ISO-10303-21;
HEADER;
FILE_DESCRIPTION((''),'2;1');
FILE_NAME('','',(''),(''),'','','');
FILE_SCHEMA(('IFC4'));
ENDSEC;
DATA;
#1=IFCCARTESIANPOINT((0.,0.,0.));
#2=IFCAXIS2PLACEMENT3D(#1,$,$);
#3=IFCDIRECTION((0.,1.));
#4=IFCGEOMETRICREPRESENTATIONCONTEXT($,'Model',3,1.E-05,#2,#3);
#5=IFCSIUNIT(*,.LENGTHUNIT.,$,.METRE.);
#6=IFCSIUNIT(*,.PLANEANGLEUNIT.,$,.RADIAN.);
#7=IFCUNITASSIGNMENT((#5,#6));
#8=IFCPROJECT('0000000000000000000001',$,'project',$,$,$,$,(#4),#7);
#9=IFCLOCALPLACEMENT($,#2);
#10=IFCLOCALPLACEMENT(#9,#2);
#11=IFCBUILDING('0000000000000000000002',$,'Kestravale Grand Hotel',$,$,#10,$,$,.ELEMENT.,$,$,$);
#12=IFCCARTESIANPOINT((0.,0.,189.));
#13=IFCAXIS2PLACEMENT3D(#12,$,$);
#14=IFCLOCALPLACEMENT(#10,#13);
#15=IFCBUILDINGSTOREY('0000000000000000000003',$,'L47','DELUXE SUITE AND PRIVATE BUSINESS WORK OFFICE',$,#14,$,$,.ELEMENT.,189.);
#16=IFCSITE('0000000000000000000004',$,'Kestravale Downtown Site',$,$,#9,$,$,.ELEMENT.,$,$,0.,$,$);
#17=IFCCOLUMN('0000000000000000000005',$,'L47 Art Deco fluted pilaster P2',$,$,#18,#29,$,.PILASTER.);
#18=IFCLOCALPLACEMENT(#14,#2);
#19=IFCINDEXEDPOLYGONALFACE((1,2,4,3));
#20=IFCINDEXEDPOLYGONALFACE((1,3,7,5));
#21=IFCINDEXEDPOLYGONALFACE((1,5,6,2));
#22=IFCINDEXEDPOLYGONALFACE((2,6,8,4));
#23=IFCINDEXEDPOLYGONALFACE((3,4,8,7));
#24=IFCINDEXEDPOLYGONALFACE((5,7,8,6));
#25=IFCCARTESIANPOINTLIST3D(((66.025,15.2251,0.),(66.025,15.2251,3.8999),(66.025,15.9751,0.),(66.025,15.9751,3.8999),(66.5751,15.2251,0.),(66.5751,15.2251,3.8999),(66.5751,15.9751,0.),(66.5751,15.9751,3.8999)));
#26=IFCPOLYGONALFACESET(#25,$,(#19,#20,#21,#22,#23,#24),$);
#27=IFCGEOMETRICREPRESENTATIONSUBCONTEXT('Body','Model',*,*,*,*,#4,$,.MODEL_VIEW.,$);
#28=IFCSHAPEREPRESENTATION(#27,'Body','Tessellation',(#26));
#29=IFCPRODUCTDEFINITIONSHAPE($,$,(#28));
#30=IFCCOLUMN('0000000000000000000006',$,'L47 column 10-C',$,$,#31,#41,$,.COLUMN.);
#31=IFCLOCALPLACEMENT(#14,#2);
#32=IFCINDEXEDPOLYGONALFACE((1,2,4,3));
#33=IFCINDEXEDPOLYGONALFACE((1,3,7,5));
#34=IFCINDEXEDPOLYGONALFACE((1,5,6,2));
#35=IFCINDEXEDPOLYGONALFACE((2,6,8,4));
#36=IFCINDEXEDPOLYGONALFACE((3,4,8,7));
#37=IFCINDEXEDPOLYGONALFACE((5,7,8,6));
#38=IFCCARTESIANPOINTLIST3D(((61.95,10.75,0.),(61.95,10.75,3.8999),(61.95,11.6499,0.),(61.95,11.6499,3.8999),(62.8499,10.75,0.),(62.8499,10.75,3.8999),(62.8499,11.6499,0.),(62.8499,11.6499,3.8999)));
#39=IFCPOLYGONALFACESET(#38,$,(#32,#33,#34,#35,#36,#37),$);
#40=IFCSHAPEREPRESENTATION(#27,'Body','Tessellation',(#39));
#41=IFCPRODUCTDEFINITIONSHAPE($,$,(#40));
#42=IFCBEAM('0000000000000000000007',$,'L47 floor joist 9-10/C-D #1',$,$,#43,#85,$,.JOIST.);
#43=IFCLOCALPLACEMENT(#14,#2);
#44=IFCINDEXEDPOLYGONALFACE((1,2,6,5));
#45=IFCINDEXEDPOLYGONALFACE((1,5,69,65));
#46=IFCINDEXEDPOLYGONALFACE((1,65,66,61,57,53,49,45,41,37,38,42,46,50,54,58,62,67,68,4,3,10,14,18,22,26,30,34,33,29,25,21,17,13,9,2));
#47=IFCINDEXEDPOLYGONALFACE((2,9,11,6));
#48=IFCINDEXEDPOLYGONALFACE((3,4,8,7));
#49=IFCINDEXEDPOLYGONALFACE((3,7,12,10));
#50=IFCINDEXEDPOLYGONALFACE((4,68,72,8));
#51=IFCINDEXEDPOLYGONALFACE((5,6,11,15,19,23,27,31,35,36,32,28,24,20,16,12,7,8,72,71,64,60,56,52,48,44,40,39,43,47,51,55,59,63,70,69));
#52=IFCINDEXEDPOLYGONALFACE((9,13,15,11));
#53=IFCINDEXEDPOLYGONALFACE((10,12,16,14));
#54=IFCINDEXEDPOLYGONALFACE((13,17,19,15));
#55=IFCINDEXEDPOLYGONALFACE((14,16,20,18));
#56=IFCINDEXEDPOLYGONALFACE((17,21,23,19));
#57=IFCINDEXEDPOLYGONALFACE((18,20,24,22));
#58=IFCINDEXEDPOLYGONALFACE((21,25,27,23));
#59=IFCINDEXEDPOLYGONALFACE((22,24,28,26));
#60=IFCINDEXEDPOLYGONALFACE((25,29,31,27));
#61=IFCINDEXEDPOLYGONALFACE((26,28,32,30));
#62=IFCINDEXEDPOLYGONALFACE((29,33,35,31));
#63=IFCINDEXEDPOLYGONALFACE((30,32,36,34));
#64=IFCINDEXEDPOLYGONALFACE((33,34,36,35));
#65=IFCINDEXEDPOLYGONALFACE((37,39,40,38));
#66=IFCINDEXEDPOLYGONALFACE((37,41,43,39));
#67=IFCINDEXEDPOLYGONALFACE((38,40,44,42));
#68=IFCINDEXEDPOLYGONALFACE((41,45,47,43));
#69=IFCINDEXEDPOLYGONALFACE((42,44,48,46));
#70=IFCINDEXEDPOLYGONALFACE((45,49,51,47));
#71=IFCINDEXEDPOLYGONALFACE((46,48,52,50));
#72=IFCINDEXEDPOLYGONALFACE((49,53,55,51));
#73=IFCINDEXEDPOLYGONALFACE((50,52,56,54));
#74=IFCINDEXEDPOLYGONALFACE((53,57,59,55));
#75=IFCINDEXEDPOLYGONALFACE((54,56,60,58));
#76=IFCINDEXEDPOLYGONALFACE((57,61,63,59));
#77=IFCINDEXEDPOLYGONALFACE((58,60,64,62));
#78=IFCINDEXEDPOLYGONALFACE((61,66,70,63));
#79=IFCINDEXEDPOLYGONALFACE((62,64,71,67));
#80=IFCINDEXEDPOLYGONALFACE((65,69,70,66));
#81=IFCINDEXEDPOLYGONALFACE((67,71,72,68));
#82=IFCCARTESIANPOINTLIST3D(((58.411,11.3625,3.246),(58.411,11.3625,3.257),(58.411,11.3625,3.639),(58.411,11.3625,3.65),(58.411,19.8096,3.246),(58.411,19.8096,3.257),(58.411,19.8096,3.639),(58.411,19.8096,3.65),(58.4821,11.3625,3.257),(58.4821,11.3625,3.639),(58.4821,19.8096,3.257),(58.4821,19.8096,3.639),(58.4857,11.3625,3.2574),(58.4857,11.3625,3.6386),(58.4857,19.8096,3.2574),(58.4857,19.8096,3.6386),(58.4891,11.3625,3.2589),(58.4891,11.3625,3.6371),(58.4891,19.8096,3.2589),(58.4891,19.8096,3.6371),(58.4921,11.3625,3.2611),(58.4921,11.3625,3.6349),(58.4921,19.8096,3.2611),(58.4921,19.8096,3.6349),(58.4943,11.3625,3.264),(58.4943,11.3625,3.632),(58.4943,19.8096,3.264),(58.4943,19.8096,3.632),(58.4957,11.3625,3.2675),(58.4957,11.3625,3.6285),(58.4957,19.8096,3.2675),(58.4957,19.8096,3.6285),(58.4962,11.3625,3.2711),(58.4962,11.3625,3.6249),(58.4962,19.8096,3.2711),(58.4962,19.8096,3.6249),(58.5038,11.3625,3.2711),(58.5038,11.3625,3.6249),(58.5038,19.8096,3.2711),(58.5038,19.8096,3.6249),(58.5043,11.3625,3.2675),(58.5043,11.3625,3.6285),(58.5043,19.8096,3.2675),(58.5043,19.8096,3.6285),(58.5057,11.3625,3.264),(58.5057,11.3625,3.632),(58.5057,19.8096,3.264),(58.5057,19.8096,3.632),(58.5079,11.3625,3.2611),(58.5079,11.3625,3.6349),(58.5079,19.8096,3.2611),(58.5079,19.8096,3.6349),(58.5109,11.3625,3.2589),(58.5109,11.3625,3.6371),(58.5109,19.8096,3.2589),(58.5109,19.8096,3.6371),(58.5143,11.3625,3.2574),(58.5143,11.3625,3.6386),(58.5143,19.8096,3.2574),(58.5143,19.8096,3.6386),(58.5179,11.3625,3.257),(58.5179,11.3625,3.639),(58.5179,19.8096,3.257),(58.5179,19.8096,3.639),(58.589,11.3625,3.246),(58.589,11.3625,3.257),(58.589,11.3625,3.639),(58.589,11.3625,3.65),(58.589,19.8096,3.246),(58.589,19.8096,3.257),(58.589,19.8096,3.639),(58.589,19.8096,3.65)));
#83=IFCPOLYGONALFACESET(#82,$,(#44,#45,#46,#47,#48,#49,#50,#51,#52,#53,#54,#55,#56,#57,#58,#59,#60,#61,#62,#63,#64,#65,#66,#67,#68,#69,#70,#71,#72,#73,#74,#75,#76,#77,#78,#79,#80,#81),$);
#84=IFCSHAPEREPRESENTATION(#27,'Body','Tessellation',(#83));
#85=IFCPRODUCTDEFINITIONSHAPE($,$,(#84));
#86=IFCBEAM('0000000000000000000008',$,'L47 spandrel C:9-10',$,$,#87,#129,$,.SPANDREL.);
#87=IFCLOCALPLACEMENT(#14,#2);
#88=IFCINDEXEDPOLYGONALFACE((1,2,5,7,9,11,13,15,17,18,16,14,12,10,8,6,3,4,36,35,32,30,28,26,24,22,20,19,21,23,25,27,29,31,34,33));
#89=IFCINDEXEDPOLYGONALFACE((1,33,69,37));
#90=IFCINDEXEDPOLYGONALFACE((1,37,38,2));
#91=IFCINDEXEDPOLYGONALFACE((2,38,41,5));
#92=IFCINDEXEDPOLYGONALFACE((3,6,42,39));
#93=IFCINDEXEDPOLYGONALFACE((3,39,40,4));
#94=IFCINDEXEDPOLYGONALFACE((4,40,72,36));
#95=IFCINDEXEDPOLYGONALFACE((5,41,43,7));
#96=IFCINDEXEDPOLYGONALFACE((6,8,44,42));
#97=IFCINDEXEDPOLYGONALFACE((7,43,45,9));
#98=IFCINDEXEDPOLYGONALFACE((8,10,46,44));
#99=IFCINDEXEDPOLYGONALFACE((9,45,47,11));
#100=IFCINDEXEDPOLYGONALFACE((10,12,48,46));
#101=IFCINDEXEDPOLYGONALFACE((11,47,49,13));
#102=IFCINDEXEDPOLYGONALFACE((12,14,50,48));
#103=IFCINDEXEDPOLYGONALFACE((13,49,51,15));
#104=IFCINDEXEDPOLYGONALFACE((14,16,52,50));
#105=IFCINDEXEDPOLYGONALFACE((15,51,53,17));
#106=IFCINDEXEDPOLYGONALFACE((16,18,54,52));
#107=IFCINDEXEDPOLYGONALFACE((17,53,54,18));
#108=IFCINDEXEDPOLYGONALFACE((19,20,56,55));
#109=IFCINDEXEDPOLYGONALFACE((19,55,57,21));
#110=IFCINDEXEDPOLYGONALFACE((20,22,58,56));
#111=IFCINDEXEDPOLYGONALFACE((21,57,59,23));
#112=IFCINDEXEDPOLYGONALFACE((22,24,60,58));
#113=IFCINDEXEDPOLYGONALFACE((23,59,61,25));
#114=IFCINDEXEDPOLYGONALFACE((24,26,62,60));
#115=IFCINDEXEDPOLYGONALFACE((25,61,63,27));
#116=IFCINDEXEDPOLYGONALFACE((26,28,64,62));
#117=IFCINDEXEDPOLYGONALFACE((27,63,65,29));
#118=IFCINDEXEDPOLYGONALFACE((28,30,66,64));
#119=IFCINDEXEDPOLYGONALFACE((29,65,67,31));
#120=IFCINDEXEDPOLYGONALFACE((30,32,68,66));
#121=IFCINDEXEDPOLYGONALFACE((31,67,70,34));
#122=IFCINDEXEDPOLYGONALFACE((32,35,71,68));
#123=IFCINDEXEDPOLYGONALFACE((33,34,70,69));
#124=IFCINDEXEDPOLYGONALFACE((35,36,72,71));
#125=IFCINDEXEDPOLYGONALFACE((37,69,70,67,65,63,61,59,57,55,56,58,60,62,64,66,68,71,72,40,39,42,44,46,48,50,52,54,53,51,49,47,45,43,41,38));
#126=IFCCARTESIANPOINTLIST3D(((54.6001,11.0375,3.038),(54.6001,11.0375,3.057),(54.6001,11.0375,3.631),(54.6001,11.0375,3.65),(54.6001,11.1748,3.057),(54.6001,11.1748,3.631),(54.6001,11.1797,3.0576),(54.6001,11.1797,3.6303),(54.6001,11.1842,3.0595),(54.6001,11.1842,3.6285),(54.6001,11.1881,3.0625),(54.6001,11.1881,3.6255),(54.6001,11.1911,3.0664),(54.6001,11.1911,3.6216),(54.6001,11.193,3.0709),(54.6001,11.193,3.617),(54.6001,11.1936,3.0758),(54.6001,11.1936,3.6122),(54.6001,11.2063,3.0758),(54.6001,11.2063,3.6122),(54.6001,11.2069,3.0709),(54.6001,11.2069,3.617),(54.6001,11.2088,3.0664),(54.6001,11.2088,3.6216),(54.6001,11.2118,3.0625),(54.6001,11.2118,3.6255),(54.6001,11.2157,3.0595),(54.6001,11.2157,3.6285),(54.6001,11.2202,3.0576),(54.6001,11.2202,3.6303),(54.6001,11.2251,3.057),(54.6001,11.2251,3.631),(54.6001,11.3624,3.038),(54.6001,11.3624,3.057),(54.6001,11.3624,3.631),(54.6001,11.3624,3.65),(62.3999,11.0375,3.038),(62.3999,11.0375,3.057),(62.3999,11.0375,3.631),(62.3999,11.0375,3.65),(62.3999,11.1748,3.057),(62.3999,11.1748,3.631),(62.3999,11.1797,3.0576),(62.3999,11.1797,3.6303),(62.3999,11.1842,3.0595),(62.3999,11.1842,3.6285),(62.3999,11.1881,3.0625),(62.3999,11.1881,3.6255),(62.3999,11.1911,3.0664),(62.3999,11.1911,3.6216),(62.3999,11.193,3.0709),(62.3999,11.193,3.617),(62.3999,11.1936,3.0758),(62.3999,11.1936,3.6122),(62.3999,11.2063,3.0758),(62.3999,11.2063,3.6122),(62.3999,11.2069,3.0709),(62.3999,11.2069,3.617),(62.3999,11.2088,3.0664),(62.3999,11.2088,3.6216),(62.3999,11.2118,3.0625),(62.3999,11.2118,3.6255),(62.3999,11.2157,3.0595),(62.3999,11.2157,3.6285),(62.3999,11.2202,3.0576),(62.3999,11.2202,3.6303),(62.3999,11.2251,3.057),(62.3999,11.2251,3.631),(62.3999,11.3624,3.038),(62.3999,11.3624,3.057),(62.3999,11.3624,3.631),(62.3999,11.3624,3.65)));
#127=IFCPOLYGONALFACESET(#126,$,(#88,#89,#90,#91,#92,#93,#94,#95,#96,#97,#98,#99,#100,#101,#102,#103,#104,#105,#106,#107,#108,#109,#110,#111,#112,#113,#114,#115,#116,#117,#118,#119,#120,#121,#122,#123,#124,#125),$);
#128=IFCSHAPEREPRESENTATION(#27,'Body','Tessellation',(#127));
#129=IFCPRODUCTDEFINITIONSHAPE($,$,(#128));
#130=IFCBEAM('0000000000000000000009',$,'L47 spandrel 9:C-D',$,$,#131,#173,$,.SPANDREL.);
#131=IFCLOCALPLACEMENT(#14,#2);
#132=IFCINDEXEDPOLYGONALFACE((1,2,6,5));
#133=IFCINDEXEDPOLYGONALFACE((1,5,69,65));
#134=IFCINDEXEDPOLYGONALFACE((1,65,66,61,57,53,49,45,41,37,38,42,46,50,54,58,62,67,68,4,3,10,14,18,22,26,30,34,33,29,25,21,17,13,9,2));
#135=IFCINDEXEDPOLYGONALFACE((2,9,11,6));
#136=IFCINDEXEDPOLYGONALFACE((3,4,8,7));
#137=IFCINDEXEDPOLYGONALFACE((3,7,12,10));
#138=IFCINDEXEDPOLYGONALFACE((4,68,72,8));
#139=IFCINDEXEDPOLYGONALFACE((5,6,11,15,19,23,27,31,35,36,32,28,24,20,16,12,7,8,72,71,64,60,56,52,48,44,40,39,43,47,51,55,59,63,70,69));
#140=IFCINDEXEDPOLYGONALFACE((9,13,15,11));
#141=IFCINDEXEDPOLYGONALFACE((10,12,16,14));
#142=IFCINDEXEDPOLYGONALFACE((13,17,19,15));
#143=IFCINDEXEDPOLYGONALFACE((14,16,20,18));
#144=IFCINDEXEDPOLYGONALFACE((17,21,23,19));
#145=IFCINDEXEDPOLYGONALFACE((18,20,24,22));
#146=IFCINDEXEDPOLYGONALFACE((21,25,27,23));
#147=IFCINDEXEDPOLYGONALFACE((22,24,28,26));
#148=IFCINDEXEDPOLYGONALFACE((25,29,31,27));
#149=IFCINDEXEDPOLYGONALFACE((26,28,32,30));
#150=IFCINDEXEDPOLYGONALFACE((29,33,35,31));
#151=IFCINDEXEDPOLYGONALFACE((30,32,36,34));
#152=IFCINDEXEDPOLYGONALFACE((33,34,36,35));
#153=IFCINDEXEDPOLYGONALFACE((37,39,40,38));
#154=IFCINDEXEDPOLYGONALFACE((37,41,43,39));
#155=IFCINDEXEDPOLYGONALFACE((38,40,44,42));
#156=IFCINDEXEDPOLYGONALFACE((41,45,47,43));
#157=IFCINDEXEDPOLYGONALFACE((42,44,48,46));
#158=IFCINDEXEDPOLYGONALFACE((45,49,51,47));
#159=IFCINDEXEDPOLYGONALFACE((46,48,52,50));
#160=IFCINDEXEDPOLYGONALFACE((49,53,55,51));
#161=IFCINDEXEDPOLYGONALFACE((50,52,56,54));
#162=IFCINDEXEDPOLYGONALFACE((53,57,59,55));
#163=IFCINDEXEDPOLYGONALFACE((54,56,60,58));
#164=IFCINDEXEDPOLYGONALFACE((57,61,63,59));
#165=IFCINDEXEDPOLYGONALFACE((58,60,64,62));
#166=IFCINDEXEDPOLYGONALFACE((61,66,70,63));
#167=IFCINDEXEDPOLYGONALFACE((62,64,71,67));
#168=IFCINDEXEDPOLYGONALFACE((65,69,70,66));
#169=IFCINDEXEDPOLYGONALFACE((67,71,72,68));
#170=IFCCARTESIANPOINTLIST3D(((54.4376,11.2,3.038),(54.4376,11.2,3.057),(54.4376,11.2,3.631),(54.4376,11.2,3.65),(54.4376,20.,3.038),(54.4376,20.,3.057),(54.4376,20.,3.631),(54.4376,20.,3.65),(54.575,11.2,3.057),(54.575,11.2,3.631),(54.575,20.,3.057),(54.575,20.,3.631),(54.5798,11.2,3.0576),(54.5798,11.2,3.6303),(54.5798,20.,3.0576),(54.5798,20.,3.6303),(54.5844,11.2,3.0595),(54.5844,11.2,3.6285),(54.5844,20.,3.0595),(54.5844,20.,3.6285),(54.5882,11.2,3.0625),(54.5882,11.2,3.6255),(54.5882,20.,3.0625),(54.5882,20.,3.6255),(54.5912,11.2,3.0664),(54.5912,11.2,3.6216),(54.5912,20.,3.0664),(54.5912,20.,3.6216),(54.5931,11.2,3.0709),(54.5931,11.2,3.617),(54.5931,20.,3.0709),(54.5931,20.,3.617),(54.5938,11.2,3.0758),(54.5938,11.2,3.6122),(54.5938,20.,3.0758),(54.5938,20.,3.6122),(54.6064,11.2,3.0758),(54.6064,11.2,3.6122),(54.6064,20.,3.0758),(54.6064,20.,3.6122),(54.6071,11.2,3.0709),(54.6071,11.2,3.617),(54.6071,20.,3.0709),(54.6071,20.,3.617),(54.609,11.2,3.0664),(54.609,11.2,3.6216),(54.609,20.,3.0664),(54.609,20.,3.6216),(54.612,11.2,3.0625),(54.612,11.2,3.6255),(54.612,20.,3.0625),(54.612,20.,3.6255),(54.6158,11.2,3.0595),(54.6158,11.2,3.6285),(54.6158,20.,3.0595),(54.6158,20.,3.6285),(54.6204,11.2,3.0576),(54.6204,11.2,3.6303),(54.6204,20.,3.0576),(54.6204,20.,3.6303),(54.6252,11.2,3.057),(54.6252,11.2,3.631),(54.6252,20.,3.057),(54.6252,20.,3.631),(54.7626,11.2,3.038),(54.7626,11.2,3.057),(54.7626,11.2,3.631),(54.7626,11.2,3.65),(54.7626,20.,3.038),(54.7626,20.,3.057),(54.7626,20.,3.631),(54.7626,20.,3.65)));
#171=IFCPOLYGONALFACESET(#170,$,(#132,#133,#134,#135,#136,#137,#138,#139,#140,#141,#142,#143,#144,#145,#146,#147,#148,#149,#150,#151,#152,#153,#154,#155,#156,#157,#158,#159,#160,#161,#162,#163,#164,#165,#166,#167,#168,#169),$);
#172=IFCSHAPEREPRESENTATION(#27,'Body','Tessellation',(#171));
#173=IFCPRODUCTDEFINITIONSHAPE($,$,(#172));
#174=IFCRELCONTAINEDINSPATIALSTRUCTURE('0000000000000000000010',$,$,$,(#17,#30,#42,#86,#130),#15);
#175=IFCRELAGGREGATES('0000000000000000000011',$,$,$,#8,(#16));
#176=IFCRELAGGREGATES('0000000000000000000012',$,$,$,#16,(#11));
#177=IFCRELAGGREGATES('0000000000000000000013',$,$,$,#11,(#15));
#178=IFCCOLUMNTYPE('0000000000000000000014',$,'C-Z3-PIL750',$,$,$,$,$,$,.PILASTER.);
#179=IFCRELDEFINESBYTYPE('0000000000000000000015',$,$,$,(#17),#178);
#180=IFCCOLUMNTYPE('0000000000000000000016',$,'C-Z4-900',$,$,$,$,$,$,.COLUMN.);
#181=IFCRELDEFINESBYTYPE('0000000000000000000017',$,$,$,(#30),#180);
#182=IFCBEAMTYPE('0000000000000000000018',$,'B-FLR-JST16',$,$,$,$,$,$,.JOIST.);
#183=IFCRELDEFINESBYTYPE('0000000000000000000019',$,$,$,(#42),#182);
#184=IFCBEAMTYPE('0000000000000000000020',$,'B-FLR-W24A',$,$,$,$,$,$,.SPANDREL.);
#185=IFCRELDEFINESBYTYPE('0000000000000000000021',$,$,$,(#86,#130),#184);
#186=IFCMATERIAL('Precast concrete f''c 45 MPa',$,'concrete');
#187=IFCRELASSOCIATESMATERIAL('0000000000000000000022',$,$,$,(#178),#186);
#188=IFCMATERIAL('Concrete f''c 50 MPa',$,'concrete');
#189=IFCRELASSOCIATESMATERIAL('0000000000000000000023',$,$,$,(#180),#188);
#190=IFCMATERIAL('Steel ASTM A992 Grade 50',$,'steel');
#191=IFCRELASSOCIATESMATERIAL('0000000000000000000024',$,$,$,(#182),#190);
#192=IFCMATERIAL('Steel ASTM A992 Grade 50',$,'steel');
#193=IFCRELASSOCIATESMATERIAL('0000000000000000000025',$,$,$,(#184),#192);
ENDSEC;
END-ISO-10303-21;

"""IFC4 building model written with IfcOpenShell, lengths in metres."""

from ifc_helpers import new_model, si_unit, direction, frame, origin, origin_2d, place, context, subcontext, project, spatial, rectangle, i_section, extrude, material, material_profile, profile_set, type_object, element, save


model = new_model("IFC4")

# Units and contexts
model_context = context("Model", 3, precision=1e-05, world=origin(), true_north=direction((0.0, 1.0)))
body_context = subcontext(model_context, "Body", "Model", "MODEL_VIEW")
ifc_project = project(units=[si_unit("LENGTHUNIT", "METRE"), si_unit("PLANEANGLEUNIT", "RADIAN")], contexts=[model_context])

# Site, building, storey
site_placement = place(None, origin())
site = spatial("IfcSite", under=ifc_project, at=site_placement, Name="Kestravale Downtown Site", CompositionType="ELEMENT", RefElevation=0.0)
building_placement = place(site_placement, origin())
building = spatial("IfcBuilding", under=site, at=building_placement, Name="Kestravale Grand Hotel", CompositionType="ELEMENT")
storey_placement = place(building_placement, frame((0.0, 0.0, 189.0)))
storey = spatial("IfcBuildingStorey", under=building, at=storey_placement, Name="L47", Description="DELUXE SUITE AND PRIVATE BUSINESS WORK OFFICE", CompositionType="ELEMENT", Elevation=189.0)

# Columns
ifc_material_1 = material(Name="Precast concrete f'c 45 MPa", Category="concrete")
ifc_material_profile_1 = material_profile(ifc_material_1, rectangle(XDim=0.55, YDim=0.75, at=origin_2d()))
ifc_profile_set_1 = profile_set([ifc_material_profile_1], Name="Precast concrete f'c 45 MPa")
column_type_1 = type_object("IfcColumnType", Name="C-Z3-PIL750", PredefinedType="PILASTER", material=ifc_profile_set_1)
column_1_placement = place(storey_placement, frame((66.3, 15.6001, 0.0), z_axis=(0.0, 0.0, 1.0), x_axis=(1.0, 0.0, 0.0)))
element("IfcColumn", 1, at=column_1_placement, inside=storey, type_object=column_type_1, Name="L47 Art Deco fluted pilaster P2", PredefinedType="PILASTER", context=body_context, shape_type="SweptSolid", body=[
    extrude(rectangle(XDim=0.55, YDim=0.75, at=origin_2d()), origin(), (0.0, 0.0, 1.0), 3.8999),
])
ifc_material_2 = material(Name="Concrete f'c 50 MPa", Category="concrete")
ifc_material_profile_2 = material_profile(ifc_material_2, rectangle(XDim=0.8999, YDim=0.8999, at=origin_2d()))
ifc_profile_set_2 = profile_set([ifc_material_profile_2], Name="Concrete f'c 50 MPa")
column_type_2 = type_object("IfcColumnType", Name="C-Z4-900", PredefinedType="COLUMN", material=ifc_profile_set_2)
column_2_placement = place(storey_placement, frame((62.3999, 11.2, 0.0), z_axis=(0.0, 0.0, 1.0), x_axis=(1.0, 0.0, 0.0)))
element("IfcColumn", 2, at=column_2_placement, inside=storey, type_object=column_type_2, Name="L47 column 10-C", PredefinedType="COLUMN", context=body_context, shape_type="SweptSolid", body=[
    extrude(rectangle(XDim=0.8999, YDim=0.8999, at=origin_2d()), origin(), (0.0, 0.0, 1.0), 3.8999),
])

# Beams
ifc_material_3 = material(Name="Steel ASTM A992 Grade 50", Category="steel")
ifc_material_profile_3 = material_profile(ifc_material_3, i_section(OverallWidth=0.178, OverallDepth=0.4041, WebThickness=0.0076, FlangeThickness=0.011, FilletRadius=0.0142, at=origin_2d()))
ifc_profile_set_3 = profile_set([ifc_material_profile_3], Name="Steel ASTM A992 Grade 50")
beam_type_1 = type_object("IfcBeamType", Name="B-FLR-JST16", PredefinedType="JOIST", material=ifc_profile_set_3)
beam_1_placement = place(storey_placement, frame((58.5, 11.3625, 3.448), z_axis=(0.0, 1.0, 0.0), x_axis=(-1.0, 0.0, 0.0)))
element("IfcBeam", 3, at=beam_1_placement, inside=storey, type_object=beam_type_1, Name="L47 floor joist 9-10/C-D #1", PredefinedType="JOIST", context=body_context, shape_type="SweptSolid", body=[
    extrude(i_section(OverallWidth=0.178, OverallDepth=0.4041, WebThickness=0.0076, FlangeThickness=0.011, FilletRadius=0.0142, at=origin_2d()), origin(), (0.0, 0.0, 1.0), 8.447),
])
ifc_material_4 = material(Name="Steel ASTM A992 Grade 50", Category="steel")
ifc_material_profile_4 = material_profile(ifc_material_4, i_section(OverallWidth=0.325, OverallDepth=0.6121, WebThickness=0.0127, FlangeThickness=0.019, FilletRadius=0.0188, at=origin_2d()))
ifc_profile_set_4 = profile_set([ifc_material_profile_4], Name="Steel ASTM A992 Grade 50")
beam_type_2 = type_object("IfcBeamType", Name="B-FLR-W24A", PredefinedType="SPANDREL", material=ifc_profile_set_4)
beam_2_placement = place(storey_placement, frame((54.6001, 11.2, 3.344), z_axis=(1.0, 0.0, 0.0), x_axis=(0.0, 1.0, 0.0)))
element("IfcBeam", 4, at=beam_2_placement, inside=storey, type_object=beam_type_2, Name="L47 spandrel C:9-10", PredefinedType="SPANDREL", context=body_context, shape_type="SweptSolid", body=[
    extrude(i_section(OverallWidth=0.325, OverallDepth=0.6121, WebThickness=0.0127, FlangeThickness=0.019, FilletRadius=0.0188, at=origin_2d()), origin(), (0.0, 0.0, 1.0), 7.7998),
])
for number, where, z_axis, x_axis, name in (
    (5, (54.6001, 11.2, 3.344), (0.0, 1.0, 0.0), (-1.0, 0.0, 0.0), "L47 spandrel 9:C-D"),
):
    element("IfcBeam", number, at=place(storey_placement, frame(where, z_axis=z_axis, x_axis=x_axis)), inside=storey, type_object=beam_type_2, Name=name, PredefinedType="SPANDREL", context=body_context, shape_type="SweptSolid", body=[
        extrude(i_section(OverallWidth=0.325, OverallDepth=0.6121, WebThickness=0.0127, FlangeThickness=0.019, FilletRadius=0.0188, at=origin_2d()), origin(), (0.0, 0.0, 1.0), 8.8),
    ])

save(model, "model.ifc")
